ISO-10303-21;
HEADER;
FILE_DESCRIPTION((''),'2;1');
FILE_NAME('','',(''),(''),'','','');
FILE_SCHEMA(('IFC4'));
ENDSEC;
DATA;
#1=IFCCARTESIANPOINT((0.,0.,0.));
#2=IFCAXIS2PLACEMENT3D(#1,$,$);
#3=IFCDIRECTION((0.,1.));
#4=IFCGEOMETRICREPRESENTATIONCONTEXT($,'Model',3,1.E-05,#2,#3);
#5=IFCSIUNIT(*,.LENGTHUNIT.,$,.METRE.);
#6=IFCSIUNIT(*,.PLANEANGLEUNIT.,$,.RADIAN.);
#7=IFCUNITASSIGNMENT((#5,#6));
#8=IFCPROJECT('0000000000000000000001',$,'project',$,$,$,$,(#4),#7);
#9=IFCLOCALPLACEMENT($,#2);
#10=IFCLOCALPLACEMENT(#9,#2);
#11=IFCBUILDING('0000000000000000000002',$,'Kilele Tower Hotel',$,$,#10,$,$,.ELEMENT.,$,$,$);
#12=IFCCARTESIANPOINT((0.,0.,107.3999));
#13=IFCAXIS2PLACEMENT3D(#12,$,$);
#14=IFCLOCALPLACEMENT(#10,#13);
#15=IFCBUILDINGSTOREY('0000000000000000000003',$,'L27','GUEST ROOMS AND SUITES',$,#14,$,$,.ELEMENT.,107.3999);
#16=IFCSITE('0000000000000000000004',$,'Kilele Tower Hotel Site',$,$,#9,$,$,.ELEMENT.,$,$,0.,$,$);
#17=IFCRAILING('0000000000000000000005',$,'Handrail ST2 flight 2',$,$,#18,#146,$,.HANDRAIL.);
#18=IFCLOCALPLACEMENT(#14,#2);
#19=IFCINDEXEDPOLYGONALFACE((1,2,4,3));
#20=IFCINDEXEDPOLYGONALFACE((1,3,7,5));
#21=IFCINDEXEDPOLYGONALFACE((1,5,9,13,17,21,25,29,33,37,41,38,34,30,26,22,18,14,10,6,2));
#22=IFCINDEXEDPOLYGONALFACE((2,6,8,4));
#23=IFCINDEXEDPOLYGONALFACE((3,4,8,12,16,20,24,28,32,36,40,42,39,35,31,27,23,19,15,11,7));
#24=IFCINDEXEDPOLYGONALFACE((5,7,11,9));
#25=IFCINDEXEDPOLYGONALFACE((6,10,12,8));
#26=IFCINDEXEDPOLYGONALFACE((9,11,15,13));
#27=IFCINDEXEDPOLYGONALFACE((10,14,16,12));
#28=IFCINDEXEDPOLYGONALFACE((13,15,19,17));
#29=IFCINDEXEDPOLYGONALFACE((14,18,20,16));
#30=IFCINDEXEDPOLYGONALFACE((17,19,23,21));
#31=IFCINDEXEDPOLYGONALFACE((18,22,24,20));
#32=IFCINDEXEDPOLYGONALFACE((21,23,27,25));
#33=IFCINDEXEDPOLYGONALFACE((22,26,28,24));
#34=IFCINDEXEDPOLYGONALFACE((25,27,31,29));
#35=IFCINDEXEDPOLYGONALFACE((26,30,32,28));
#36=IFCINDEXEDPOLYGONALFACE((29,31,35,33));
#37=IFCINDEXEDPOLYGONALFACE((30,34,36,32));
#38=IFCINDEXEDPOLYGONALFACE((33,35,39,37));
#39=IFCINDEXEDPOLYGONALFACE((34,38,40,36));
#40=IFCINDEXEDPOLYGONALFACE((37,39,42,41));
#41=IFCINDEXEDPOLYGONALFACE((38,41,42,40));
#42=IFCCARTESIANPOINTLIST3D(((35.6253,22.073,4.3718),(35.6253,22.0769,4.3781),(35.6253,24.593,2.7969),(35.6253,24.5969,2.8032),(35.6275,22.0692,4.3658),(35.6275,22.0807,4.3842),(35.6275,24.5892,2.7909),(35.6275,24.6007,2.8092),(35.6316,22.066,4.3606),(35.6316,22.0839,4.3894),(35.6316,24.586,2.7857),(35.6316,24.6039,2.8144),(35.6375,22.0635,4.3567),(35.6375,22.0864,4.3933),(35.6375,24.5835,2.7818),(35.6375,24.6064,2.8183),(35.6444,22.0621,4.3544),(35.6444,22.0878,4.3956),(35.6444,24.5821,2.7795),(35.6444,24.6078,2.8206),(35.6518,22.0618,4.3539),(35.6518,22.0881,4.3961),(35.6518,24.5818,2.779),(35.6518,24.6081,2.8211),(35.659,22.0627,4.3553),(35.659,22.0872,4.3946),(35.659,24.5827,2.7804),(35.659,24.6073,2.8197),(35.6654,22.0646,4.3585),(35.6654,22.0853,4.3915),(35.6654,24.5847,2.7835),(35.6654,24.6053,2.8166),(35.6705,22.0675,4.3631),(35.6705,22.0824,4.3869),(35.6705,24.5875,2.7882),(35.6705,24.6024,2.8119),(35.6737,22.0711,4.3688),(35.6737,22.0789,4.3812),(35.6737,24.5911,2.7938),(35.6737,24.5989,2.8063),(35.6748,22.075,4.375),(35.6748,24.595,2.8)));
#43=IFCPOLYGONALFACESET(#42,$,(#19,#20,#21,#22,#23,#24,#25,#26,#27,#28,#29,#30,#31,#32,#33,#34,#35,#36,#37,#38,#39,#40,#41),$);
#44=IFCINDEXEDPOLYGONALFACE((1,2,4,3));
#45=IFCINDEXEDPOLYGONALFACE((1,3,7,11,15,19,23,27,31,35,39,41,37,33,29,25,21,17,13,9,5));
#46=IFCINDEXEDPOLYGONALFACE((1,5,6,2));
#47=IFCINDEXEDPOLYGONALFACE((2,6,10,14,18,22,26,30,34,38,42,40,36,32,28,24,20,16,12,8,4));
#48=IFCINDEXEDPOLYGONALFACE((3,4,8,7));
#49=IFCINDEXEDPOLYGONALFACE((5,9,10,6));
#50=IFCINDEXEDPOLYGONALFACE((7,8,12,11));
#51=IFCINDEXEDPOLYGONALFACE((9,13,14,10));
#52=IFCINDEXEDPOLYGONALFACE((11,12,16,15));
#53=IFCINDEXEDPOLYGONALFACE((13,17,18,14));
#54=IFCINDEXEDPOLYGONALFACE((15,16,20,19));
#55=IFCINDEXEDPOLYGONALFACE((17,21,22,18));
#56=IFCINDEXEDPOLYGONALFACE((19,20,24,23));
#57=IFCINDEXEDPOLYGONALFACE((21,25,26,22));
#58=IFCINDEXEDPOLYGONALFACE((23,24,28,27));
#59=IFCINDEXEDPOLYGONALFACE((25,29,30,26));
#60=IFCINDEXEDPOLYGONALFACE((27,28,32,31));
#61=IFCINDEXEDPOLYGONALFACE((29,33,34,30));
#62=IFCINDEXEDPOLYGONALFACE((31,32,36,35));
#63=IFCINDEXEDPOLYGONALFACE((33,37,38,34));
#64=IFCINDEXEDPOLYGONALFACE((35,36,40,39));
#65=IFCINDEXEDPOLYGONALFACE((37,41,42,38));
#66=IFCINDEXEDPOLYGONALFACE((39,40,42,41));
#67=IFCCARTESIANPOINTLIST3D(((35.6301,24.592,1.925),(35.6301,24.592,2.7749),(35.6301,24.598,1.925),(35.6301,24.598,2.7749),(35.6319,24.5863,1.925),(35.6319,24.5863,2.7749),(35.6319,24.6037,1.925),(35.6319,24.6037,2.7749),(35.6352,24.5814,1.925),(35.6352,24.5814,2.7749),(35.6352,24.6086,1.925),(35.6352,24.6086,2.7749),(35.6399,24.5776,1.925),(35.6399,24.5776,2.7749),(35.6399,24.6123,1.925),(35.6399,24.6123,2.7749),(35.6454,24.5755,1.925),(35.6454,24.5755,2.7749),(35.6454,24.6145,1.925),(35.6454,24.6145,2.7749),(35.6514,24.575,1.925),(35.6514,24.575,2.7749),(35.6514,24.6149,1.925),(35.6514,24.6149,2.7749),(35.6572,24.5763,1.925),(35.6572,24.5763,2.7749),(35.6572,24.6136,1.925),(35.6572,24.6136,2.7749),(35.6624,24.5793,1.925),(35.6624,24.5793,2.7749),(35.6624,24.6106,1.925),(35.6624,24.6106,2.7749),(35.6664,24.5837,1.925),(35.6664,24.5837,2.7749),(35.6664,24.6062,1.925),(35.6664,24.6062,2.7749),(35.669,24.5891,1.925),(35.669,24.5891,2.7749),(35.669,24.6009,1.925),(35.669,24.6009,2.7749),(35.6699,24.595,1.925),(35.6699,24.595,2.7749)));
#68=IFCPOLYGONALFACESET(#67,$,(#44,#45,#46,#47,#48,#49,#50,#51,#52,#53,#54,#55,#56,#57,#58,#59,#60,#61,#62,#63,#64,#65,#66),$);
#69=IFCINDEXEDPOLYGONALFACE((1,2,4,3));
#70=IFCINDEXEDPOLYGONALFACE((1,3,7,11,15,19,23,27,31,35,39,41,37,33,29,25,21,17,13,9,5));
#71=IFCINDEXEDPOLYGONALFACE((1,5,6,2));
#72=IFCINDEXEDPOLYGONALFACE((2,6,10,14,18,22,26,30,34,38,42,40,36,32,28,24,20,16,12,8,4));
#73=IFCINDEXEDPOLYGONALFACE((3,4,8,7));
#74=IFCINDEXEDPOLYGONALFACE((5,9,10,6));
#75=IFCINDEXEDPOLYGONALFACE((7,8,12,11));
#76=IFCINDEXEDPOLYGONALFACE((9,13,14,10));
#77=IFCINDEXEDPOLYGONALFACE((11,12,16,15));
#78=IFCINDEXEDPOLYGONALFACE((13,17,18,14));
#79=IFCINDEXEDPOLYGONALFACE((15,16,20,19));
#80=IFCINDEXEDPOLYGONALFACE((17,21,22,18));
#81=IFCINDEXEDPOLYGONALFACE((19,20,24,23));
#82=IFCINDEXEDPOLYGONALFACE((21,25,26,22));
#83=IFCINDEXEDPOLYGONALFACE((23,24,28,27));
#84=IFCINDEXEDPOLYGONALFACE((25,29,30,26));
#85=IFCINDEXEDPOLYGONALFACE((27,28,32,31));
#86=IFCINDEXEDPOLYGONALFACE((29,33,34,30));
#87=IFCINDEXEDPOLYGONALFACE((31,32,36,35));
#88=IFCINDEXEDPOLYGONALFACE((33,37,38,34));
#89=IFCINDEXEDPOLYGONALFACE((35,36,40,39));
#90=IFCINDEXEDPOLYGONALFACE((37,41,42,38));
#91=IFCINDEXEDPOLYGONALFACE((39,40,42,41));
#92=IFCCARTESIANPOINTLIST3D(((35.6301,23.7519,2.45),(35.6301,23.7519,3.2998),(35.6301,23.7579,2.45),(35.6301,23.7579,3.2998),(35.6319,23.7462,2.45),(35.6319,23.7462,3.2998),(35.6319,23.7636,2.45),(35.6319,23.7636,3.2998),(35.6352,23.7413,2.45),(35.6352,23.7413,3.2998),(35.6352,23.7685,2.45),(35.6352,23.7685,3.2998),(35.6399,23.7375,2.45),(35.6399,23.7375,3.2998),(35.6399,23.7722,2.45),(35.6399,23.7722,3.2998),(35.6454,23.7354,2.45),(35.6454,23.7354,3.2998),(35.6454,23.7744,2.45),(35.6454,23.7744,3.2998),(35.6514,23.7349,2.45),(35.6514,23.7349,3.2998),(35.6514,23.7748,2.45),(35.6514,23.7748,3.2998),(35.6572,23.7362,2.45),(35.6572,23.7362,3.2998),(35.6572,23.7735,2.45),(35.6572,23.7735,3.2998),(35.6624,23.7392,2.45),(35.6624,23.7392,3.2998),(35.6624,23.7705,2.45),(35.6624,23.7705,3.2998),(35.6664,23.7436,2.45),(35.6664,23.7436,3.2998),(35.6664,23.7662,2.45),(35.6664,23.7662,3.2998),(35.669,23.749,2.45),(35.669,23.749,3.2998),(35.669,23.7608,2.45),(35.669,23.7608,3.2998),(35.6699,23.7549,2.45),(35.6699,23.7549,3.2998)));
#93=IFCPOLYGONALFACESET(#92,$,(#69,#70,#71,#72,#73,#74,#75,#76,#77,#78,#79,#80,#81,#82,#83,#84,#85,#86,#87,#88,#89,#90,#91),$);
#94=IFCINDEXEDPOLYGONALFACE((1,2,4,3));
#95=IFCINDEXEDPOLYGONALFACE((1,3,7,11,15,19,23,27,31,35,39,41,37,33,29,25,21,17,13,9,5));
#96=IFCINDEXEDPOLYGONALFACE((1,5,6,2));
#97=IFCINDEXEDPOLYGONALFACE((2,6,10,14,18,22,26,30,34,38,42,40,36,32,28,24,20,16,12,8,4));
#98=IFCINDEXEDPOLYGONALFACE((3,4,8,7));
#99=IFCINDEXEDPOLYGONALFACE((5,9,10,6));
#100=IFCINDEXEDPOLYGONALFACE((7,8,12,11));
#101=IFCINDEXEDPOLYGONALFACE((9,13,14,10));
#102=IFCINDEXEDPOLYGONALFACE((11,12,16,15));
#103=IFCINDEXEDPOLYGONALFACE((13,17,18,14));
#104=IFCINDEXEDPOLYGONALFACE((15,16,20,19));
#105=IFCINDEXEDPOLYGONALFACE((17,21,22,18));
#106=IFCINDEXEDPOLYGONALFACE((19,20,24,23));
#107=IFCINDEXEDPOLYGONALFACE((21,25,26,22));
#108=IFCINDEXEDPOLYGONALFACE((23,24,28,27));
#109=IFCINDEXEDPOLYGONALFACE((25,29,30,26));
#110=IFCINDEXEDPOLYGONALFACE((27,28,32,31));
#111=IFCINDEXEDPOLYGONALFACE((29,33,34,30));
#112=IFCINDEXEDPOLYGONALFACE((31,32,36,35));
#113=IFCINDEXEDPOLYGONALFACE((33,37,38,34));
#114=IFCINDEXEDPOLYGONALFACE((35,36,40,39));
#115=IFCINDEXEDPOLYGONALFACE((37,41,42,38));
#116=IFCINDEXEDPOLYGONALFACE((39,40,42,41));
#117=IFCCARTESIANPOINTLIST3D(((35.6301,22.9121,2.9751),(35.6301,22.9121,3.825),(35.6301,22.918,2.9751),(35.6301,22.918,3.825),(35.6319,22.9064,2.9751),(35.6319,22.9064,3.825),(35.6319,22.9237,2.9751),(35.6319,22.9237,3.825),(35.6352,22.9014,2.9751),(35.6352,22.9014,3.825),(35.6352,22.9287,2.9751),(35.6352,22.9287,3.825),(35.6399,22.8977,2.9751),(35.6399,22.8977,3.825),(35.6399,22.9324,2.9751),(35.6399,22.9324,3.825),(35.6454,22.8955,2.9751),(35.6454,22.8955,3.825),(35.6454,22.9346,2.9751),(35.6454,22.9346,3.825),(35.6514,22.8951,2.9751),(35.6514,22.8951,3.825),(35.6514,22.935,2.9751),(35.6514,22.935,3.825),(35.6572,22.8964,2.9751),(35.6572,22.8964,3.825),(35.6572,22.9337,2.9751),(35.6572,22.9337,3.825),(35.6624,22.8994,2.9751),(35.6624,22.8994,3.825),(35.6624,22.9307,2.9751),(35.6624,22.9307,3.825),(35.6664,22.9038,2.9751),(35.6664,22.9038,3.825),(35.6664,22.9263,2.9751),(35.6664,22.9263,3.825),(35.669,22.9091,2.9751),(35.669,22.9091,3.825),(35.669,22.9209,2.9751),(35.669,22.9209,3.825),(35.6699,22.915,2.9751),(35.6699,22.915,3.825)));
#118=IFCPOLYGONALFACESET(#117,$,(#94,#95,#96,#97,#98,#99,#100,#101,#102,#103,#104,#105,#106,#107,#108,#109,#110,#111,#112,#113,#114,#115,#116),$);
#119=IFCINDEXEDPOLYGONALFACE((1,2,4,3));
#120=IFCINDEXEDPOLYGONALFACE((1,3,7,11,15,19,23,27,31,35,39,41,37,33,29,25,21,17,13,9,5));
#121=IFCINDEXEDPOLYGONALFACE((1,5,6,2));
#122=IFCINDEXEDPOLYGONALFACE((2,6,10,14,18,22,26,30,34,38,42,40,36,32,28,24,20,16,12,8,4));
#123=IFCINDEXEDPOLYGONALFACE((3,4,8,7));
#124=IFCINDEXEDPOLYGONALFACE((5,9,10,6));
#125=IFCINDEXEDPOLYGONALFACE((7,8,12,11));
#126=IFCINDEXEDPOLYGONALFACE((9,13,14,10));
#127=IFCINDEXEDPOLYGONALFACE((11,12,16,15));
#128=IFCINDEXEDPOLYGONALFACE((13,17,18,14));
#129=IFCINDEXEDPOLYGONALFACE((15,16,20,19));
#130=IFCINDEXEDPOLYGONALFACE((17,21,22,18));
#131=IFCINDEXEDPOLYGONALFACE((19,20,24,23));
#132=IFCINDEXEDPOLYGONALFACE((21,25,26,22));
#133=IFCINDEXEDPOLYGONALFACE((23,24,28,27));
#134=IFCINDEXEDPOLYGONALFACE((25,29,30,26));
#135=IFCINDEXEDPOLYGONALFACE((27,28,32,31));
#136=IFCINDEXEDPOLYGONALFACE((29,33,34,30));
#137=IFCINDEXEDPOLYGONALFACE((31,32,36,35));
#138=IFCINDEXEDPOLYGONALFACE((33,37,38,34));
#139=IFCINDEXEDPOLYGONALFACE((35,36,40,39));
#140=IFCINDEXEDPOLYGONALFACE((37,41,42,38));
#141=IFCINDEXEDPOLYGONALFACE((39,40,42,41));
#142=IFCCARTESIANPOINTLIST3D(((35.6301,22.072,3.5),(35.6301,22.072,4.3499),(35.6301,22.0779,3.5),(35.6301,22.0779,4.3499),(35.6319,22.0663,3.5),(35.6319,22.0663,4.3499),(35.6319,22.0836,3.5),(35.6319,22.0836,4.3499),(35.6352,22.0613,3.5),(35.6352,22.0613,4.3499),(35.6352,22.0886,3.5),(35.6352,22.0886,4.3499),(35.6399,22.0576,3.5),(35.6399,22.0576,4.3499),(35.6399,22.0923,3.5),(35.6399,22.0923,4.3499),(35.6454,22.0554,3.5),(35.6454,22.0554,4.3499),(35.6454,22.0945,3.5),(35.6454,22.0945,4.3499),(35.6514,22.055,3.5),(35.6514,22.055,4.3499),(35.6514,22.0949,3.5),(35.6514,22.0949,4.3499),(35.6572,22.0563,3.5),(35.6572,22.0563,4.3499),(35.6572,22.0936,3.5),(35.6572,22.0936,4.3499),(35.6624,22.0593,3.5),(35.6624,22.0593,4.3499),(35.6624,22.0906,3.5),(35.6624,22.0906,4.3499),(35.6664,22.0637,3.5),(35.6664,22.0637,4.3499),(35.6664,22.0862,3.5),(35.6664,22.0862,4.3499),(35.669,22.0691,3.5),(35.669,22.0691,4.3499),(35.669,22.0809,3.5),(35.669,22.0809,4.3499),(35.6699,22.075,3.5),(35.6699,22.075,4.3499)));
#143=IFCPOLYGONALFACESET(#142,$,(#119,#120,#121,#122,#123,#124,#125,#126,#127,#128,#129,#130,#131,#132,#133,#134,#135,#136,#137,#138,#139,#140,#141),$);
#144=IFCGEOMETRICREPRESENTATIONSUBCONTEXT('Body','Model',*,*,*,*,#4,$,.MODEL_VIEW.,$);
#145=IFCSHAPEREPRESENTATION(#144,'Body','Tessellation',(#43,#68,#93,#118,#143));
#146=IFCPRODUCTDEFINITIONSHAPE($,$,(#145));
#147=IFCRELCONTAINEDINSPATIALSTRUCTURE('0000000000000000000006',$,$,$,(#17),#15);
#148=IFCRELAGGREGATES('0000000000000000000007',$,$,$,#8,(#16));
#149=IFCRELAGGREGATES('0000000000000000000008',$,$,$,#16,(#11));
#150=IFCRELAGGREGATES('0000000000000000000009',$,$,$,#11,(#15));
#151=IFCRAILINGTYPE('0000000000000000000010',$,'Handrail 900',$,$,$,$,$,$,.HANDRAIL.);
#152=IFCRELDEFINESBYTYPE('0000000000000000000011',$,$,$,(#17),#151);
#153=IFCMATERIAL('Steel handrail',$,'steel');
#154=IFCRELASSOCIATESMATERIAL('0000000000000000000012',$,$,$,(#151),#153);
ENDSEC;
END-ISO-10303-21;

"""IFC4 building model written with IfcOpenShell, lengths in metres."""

from ifc_helpers import new_model, si_unit, direction, frame, origin, origin_2d, place, context, subcontext, project, spatial, circle, extrude, material, type_object, element, save


model = new_model("IFC4")

# Units and contexts
model_context = context("Model", 3, precision=1e-05, world=origin(), true_north=direction((0.0, 1.0)))
body_context = subcontext(model_context, "Body", "Model", "MODEL_VIEW")
ifc_project = project(units=[si_unit("LENGTHUNIT", "METRE"), si_unit("PLANEANGLEUNIT", "RADIAN")], contexts=[model_context])

# Site, building, storey
site_placement = place(None, origin())
site = spatial("IfcSite", under=ifc_project, at=site_placement, Name="Kilele Tower Hotel Site", CompositionType="ELEMENT", RefElevation=0.0)
building_placement = place(site_placement, origin())
building = spatial("IfcBuilding", under=site, at=building_placement, Name="Kilele Tower Hotel", CompositionType="ELEMENT")
storey_placement = place(building_placement, frame((0.0, 0.0, 107.3999)))
storey = spatial("IfcBuildingStorey", under=building, at=storey_placement, Name="L27", Description="GUEST ROOMS AND SUITES", CompositionType="ELEMENT", Elevation=107.3999)

# Railing
ifc_material_1 = material(Name="Steel handrail", Category="steel")
railing_type_1 = type_object("IfcRailingType", Name="Handrail 900", PredefinedType="HANDRAIL", material=ifc_material_1)
for number, where, name in (
    (1, (35.6499, 24.595, 1.925), "Handrail ST2 flight 2"),
):
    element("IfcRailing", number, at=place(storey_placement, frame(where)), inside=storey, type_object=railing_type_1, Name=name, PredefinedType="HANDRAIL", context=body_context, shape_type="SweptSolid", body=[
        extrude(circle(Radius=0.0249, at=origin_2d()), frame((0.0, 0.0, 0.875), z_axis=(0.0, -0.848008, 0.529984), x_axis=(1.0, 0.0, 0.0)), (0.0, 0.0, 1.0), 2.9717),
        extrude(circle(Radius=0.02, at=origin_2d()), origin(), (0.0, 0.0, 1.0), 0.8499),
        extrude(circle(Radius=0.02, at=origin_2d()), frame((0.0, -0.8401, 0.5249)), (0.0, 0.0, 1.0), 0.8499),
        extrude(circle(Radius=0.02, at=origin_2d()), frame((0.0, -1.6799, 1.05)), (0.0, 0.0, 1.0), 0.8499),
        extrude(circle(Radius=0.02, at=origin_2d()), frame((0.0, -2.52, 1.575)), (0.0, 0.0, 1.0), 0.8499),
    ])

save(model, "model.ifc")
